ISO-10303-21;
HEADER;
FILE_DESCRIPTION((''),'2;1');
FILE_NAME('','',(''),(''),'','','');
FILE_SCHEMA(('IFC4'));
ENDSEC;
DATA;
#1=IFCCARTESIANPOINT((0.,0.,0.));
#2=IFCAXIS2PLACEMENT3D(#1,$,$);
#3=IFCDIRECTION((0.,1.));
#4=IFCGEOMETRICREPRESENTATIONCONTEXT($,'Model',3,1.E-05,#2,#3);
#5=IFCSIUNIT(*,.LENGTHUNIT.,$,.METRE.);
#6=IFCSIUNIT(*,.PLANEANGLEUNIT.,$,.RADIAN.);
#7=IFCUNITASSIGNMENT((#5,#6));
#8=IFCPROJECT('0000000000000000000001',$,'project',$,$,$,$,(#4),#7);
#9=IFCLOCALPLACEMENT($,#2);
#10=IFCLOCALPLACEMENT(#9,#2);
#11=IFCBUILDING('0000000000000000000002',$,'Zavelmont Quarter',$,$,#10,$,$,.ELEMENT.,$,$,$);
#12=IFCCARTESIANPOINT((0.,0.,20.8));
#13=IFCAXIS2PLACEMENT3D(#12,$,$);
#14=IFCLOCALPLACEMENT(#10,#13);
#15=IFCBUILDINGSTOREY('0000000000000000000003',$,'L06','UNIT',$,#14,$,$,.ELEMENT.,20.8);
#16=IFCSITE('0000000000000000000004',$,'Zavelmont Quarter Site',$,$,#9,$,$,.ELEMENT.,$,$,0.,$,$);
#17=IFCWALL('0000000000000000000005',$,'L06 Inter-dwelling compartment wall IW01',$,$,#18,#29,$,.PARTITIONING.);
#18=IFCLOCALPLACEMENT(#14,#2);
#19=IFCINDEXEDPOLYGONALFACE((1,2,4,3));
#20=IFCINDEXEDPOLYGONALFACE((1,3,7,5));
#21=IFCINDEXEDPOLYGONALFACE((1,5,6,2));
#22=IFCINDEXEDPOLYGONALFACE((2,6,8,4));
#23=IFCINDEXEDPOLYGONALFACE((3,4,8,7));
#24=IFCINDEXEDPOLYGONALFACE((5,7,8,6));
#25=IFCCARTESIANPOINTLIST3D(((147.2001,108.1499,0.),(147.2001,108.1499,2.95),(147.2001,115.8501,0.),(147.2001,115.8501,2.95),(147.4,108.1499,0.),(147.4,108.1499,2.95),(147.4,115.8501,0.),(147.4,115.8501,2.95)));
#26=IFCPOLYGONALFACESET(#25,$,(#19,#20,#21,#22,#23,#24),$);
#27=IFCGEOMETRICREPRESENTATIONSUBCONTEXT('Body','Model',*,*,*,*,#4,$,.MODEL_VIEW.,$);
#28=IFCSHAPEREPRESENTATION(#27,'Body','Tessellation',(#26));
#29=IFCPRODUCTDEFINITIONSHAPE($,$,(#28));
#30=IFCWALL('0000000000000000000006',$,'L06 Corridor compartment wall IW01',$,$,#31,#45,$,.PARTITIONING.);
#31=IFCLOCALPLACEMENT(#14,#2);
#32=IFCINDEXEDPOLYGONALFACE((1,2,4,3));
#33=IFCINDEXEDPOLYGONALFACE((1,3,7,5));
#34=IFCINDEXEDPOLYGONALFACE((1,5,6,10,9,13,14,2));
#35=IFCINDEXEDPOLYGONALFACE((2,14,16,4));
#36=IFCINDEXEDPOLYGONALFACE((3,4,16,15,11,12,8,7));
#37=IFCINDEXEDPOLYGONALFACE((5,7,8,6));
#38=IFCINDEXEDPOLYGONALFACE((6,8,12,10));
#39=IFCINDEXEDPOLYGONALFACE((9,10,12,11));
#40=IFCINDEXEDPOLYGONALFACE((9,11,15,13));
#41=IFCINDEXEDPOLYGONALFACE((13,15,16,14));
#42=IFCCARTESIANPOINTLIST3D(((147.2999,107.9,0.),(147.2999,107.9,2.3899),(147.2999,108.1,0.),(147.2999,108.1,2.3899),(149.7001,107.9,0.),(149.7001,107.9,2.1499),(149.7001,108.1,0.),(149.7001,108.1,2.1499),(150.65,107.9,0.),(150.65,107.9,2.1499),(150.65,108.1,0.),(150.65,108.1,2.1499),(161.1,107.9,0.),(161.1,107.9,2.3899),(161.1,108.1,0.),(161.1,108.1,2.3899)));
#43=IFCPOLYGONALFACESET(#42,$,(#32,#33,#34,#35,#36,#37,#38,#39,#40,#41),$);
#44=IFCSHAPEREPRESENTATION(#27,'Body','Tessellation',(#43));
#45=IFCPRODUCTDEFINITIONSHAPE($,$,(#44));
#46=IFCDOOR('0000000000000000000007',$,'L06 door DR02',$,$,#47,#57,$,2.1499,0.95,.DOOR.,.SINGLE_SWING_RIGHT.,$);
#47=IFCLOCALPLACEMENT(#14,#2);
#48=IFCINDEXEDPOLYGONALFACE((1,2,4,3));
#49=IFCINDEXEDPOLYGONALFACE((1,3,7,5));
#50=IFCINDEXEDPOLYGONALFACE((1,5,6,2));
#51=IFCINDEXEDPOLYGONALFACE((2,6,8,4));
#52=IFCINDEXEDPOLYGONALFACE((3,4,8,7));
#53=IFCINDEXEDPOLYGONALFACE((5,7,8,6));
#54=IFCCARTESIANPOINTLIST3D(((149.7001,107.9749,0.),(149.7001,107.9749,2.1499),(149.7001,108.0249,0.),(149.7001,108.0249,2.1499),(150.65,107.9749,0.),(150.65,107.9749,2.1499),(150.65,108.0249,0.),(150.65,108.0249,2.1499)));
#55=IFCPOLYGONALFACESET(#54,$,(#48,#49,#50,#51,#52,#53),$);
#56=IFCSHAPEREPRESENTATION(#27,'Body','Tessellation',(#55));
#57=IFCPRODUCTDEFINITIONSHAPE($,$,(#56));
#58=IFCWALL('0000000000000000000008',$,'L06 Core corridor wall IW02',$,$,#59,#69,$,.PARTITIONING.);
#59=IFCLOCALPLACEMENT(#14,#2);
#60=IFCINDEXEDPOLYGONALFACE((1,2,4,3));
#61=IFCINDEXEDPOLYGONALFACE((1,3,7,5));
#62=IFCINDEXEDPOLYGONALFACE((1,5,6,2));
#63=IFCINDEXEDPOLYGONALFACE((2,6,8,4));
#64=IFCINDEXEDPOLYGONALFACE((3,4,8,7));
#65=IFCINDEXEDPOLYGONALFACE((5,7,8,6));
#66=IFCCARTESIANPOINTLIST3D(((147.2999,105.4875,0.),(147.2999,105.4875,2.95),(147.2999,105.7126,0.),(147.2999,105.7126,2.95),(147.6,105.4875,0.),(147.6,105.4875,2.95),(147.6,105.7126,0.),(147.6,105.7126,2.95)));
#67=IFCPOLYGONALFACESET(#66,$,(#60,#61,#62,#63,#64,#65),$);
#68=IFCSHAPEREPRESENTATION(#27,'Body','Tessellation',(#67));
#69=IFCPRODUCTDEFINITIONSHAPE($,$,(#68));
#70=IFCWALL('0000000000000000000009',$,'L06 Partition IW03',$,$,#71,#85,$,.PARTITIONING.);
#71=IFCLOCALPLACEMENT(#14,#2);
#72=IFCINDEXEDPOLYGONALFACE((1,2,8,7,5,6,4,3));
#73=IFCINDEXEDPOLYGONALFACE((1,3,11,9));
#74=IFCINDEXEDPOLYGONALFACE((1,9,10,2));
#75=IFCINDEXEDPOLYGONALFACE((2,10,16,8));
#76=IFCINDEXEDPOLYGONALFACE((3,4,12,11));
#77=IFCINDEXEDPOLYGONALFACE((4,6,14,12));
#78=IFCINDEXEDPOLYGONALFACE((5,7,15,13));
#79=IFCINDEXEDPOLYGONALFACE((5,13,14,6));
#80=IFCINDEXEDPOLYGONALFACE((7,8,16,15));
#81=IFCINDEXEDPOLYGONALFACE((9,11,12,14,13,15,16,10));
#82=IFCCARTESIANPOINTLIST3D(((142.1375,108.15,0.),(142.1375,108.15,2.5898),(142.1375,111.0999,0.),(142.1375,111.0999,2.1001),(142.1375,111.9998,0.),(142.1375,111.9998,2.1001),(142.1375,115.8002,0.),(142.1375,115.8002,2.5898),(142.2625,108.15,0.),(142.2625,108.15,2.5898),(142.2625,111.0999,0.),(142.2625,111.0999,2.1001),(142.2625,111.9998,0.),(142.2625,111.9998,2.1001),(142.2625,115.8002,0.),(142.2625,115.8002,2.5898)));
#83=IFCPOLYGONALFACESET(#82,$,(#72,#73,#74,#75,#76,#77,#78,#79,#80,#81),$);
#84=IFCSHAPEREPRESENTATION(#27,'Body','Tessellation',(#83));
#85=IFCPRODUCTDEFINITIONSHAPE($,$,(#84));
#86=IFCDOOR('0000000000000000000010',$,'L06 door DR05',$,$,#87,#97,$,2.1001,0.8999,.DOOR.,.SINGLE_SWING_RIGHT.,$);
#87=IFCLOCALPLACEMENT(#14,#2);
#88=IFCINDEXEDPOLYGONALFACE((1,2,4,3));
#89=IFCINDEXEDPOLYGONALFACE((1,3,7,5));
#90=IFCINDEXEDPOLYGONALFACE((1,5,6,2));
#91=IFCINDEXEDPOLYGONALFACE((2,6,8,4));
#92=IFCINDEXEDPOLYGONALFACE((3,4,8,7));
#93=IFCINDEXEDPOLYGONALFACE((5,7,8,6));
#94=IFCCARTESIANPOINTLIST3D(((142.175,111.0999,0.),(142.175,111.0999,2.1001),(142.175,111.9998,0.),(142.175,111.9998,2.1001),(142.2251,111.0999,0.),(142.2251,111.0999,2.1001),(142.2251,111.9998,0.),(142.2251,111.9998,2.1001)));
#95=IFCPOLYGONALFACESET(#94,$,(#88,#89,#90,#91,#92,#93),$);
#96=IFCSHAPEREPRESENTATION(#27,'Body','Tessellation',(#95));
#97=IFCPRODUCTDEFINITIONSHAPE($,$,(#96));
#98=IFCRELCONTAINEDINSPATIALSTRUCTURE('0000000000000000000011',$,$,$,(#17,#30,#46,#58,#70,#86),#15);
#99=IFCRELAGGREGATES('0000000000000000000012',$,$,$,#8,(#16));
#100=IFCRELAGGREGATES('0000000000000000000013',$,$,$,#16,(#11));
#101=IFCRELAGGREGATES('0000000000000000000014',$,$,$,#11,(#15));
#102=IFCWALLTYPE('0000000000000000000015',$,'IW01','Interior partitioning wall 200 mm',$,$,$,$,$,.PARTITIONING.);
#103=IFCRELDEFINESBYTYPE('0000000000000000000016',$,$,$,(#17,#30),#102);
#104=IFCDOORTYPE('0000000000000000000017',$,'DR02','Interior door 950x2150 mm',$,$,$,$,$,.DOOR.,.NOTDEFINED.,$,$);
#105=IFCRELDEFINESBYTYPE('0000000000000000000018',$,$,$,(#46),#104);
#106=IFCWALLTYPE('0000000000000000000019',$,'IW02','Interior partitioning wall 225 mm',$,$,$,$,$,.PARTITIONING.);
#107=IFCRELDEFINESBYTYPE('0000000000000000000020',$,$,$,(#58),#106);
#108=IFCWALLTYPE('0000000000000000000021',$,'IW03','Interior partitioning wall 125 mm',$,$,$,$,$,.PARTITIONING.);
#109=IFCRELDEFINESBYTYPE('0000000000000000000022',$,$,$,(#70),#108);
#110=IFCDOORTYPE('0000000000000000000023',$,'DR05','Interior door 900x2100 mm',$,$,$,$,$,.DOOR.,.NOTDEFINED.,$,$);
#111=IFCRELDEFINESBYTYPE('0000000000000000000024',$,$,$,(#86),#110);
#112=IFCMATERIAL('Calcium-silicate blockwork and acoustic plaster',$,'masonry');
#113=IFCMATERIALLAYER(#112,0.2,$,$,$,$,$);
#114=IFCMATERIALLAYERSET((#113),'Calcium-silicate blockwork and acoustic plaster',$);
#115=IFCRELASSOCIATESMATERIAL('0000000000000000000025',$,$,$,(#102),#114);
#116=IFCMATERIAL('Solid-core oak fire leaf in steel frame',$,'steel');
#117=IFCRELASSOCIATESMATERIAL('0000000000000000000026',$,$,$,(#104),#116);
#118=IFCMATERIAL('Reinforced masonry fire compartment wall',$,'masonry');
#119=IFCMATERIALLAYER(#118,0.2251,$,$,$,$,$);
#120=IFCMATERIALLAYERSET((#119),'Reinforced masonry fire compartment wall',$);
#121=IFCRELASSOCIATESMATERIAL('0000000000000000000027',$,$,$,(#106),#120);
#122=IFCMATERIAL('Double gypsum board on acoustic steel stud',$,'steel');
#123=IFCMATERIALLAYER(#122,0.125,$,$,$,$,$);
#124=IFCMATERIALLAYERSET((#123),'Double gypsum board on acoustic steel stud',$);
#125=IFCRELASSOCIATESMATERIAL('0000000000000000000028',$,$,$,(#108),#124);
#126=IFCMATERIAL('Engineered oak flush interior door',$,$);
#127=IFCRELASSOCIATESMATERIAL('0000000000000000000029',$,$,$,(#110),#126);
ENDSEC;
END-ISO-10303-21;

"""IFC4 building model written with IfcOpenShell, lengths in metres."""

from ifc_helpers import new_model, si_unit, direction, frame, frame_2d, origin, origin_with_axes, place, context, subcontext, project, spatial, rectangle, extrude, material, layer, layer_set, type_object, element, fill, save


model = new_model("IFC4")

# Units and contexts
model_context = context("Model", 3, precision=1e-05, world=origin(), true_north=direction((0.0, 1.0)))
body_context = subcontext(model_context, "Body", "Model", "MODEL_VIEW")
ifc_project = project(units=[si_unit("LENGTHUNIT", "METRE"), si_unit("PLANEANGLEUNIT", "RADIAN")], contexts=[model_context])

# Site, building, storey
site_placement = place(None, origin())
site = spatial("IfcSite", under=ifc_project, at=site_placement, Name="Zavelmont Quarter Site", CompositionType="ELEMENT", RefElevation=0.0)
building_placement = place(site_placement, origin())
building = spatial("IfcBuilding", under=site, at=building_placement, Name="Zavelmont Quarter", CompositionType="ELEMENT")
storey_placement = place(building_placement, frame((0.0, 0.0, 20.8)))
storey = spatial("IfcBuildingStorey", under=building, at=storey_placement, Name="L06", Description="UNIT", CompositionType="ELEMENT", Elevation=20.8)

# Wall
ifc_material_1 = material(Name="Calcium-silicate blockwork and acoustic plaster", Category="masonry")
ifc_layer_1 = layer(ifc_material_1, 0.2)
ifc_layer_set_1 = layer_set([ifc_layer_1], Name="Calcium-silicate blockwork and acoustic plaster")
wall_type_1 = type_object("IfcWallType", Name="IW01", Description="Interior partitioning wall 200 mm", PredefinedType="PARTITIONING", material=ifc_layer_set_1)
wall_1_placement = place(storey_placement, frame((147.3, 108.1499, 0.0), z_axis=(0.0, 0.0, 1.0), x_axis=(0.0, 1.0, 0.0)))
element("IfcWall", 1, at=wall_1_placement, inside=storey, type_object=wall_type_1, Name="L06 Inter-dwelling compartment wall IW01", PredefinedType="PARTITIONING", context=body_context, shape_type="SweptSolid", body=[
    extrude(rectangle(XDim=7.7002, YDim=0.2, at=frame_2d((3.8501, 0.0))), origin(), (0.0, 0.0, 1.0), 2.95),
])

# Wall, opening, door
wall_2_placement = place(storey_placement, frame((147.3, 108.0, 0.0), z_axis=(0.0, 0.0, 1.0), x_axis=(1.0, 0.0, 0.0)))
wall_2 = element("IfcWall", 2, at=wall_2_placement, inside=storey, type_object=wall_type_1, Name="L06 Corridor compartment wall IW01", PredefinedType="PARTITIONING", context=body_context, shape_type="SweptSolid", body=[
    extrude(rectangle(XDim=13.8, YDim=0.2, at=frame_2d((6.8999, 0.0))), origin(), (0.0, 0.0, 1.0), 2.3899),
])
opening_1_placement = place(wall_2_placement, frame((2.3999, 0.0, 0.0)))
opening_1 = element("IfcOpeningElement", 3, at=opening_1_placement, cuts=wall_2, PredefinedType="OPENING", context=body_context, shape_type="SweptSolid", body=[
    extrude(rectangle(XDim=0.95, YDim=2.1499, at=frame_2d((0.4751, 1.075))), frame((0.0, 0.1118, 0.0), z_axis=(0.0, -1.0, 0.0), x_axis=(1.0, 0.0, 0.0)), (0.0, 0.0, 1.0), 0.2239),
])
ifc_material_2 = material(Name="Solid-core oak fire leaf in steel frame", Category="steel")
door_type_1 = type_object("IfcDoorType", Name="DR02", Description="Interior door 950x2150 mm", OperationType="NOTDEFINED", PredefinedType="DOOR", material=ifc_material_2)
door_1_placement = place(opening_1_placement, origin_with_axes())
door_1 = element("IfcDoor", 4, at=door_1_placement, inside=storey, type_object=door_type_1, Name="L06 door DR02", OperationType="SINGLE_SWING_RIGHT", OverallHeight=2.1499, OverallWidth=0.95, PredefinedType="DOOR", context=body_context, shape_type="SweptSolid", body=[
    extrude(rectangle(XDim=0.95, YDim=2.1499, at=frame_2d((0.4751, 1.075))), frame((0.0, 0.0249, 0.0), z_axis=(0.0, -1.0, 0.0), x_axis=(1.0, 0.0, 0.0)), (0.0, 0.0, 1.0), 0.05),
])
fill(opening_1, door_1)

# Wall
ifc_material_3 = material(Name="Reinforced masonry fire compartment wall", Category="masonry")
ifc_layer_2 = layer(ifc_material_3, 0.2251)
ifc_layer_set_2 = layer_set([ifc_layer_2], Name="Reinforced masonry fire compartment wall")
wall_type_2 = type_object("IfcWallType", Name="IW02", Description="Interior partitioning wall 225 mm", PredefinedType="PARTITIONING", material=ifc_layer_set_2)
wall_3_placement = place(storey_placement, frame((147.3, 105.6001, 0.0), z_axis=(0.0, 0.0, 1.0), x_axis=(1.0, 0.0, 0.0)))
element("IfcWall", 5, at=wall_3_placement, inside=storey, type_object=wall_type_2, Name="L06 Core corridor wall IW02", PredefinedType="PARTITIONING", context=body_context, shape_type="SweptSolid", body=[
    extrude(rectangle(XDim=0.3, YDim=0.2251, at=frame_2d((0.1499, 0.0))), origin(), (0.0, 0.0, 1.0), 2.95),
])

# Wall, opening, door
ifc_material_4 = material(Name="Double gypsum board on acoustic steel stud", Category="steel")
ifc_layer_3 = layer(ifc_material_4, 0.125)
ifc_layer_set_3 = layer_set([ifc_layer_3], Name="Double gypsum board on acoustic steel stud")
wall_type_3 = type_object("IfcWallType", Name="IW03", Description="Interior partitioning wall 125 mm", PredefinedType="PARTITIONING", material=ifc_layer_set_3)
wall_4_placement = place(storey_placement, frame((142.2, 108.1499, 0.0), z_axis=(0.0, 0.0, 1.0), x_axis=(0.0, 1.0, 0.0)))
wall_4 = element("IfcWall", 6, at=wall_4_placement, inside=storey, type_object=wall_type_3, Name="L06 Partition IW03", PredefinedType="PARTITIONING", context=body_context, shape_type="SweptSolid", body=[
    extrude(rectangle(XDim=7.6501, YDim=0.125, at=frame_2d((3.8252, 0.0))), origin(), (0.0, 0.0, 1.0), 2.5898),
])
opening_2_placement = place(wall_4_placement, frame((2.95, 0.0, 0.0)))
opening_2 = element("IfcOpeningElement", 7, at=opening_2_placement, cuts=wall_4, PredefinedType="OPENING", context=body_context, shape_type="SweptSolid", body=[
    extrude(rectangle(XDim=0.8999, YDim=2.1001, at=frame_2d((0.45, 1.05))), frame((0.0, 0.0745, 0.0), z_axis=(0.0, -1.0, 0.0), x_axis=(1.0, 0.0, 0.0)), (0.0, 0.0, 1.0), 0.1489),
])
ifc_material_5 = material(Name="Engineered oak flush interior door")
door_type_2 = type_object("IfcDoorType", Name="DR05", Description="Interior door 900x2100 mm", OperationType="NOTDEFINED", PredefinedType="DOOR", material=ifc_material_5)
door_2_placement = place(opening_2_placement, origin_with_axes())
door_2 = element("IfcDoor", 8, at=door_2_placement, inside=storey, type_object=door_type_2, Name="L06 door DR05", OperationType="SINGLE_SWING_RIGHT", OverallHeight=2.1001, OverallWidth=0.8999, PredefinedType="DOOR", context=body_context, shape_type="SweptSolid", body=[
    extrude(rectangle(XDim=0.8999, YDim=2.1001, at=frame_2d((0.45, 1.05))), frame((0.0, 0.0249, 0.0), z_axis=(0.0, -1.0, 0.0), x_axis=(1.0, 0.0, 0.0)), (0.0, 0.0, 1.0), 0.05),
])
fill(opening_2, door_2)

save(model, "model.ifc")
